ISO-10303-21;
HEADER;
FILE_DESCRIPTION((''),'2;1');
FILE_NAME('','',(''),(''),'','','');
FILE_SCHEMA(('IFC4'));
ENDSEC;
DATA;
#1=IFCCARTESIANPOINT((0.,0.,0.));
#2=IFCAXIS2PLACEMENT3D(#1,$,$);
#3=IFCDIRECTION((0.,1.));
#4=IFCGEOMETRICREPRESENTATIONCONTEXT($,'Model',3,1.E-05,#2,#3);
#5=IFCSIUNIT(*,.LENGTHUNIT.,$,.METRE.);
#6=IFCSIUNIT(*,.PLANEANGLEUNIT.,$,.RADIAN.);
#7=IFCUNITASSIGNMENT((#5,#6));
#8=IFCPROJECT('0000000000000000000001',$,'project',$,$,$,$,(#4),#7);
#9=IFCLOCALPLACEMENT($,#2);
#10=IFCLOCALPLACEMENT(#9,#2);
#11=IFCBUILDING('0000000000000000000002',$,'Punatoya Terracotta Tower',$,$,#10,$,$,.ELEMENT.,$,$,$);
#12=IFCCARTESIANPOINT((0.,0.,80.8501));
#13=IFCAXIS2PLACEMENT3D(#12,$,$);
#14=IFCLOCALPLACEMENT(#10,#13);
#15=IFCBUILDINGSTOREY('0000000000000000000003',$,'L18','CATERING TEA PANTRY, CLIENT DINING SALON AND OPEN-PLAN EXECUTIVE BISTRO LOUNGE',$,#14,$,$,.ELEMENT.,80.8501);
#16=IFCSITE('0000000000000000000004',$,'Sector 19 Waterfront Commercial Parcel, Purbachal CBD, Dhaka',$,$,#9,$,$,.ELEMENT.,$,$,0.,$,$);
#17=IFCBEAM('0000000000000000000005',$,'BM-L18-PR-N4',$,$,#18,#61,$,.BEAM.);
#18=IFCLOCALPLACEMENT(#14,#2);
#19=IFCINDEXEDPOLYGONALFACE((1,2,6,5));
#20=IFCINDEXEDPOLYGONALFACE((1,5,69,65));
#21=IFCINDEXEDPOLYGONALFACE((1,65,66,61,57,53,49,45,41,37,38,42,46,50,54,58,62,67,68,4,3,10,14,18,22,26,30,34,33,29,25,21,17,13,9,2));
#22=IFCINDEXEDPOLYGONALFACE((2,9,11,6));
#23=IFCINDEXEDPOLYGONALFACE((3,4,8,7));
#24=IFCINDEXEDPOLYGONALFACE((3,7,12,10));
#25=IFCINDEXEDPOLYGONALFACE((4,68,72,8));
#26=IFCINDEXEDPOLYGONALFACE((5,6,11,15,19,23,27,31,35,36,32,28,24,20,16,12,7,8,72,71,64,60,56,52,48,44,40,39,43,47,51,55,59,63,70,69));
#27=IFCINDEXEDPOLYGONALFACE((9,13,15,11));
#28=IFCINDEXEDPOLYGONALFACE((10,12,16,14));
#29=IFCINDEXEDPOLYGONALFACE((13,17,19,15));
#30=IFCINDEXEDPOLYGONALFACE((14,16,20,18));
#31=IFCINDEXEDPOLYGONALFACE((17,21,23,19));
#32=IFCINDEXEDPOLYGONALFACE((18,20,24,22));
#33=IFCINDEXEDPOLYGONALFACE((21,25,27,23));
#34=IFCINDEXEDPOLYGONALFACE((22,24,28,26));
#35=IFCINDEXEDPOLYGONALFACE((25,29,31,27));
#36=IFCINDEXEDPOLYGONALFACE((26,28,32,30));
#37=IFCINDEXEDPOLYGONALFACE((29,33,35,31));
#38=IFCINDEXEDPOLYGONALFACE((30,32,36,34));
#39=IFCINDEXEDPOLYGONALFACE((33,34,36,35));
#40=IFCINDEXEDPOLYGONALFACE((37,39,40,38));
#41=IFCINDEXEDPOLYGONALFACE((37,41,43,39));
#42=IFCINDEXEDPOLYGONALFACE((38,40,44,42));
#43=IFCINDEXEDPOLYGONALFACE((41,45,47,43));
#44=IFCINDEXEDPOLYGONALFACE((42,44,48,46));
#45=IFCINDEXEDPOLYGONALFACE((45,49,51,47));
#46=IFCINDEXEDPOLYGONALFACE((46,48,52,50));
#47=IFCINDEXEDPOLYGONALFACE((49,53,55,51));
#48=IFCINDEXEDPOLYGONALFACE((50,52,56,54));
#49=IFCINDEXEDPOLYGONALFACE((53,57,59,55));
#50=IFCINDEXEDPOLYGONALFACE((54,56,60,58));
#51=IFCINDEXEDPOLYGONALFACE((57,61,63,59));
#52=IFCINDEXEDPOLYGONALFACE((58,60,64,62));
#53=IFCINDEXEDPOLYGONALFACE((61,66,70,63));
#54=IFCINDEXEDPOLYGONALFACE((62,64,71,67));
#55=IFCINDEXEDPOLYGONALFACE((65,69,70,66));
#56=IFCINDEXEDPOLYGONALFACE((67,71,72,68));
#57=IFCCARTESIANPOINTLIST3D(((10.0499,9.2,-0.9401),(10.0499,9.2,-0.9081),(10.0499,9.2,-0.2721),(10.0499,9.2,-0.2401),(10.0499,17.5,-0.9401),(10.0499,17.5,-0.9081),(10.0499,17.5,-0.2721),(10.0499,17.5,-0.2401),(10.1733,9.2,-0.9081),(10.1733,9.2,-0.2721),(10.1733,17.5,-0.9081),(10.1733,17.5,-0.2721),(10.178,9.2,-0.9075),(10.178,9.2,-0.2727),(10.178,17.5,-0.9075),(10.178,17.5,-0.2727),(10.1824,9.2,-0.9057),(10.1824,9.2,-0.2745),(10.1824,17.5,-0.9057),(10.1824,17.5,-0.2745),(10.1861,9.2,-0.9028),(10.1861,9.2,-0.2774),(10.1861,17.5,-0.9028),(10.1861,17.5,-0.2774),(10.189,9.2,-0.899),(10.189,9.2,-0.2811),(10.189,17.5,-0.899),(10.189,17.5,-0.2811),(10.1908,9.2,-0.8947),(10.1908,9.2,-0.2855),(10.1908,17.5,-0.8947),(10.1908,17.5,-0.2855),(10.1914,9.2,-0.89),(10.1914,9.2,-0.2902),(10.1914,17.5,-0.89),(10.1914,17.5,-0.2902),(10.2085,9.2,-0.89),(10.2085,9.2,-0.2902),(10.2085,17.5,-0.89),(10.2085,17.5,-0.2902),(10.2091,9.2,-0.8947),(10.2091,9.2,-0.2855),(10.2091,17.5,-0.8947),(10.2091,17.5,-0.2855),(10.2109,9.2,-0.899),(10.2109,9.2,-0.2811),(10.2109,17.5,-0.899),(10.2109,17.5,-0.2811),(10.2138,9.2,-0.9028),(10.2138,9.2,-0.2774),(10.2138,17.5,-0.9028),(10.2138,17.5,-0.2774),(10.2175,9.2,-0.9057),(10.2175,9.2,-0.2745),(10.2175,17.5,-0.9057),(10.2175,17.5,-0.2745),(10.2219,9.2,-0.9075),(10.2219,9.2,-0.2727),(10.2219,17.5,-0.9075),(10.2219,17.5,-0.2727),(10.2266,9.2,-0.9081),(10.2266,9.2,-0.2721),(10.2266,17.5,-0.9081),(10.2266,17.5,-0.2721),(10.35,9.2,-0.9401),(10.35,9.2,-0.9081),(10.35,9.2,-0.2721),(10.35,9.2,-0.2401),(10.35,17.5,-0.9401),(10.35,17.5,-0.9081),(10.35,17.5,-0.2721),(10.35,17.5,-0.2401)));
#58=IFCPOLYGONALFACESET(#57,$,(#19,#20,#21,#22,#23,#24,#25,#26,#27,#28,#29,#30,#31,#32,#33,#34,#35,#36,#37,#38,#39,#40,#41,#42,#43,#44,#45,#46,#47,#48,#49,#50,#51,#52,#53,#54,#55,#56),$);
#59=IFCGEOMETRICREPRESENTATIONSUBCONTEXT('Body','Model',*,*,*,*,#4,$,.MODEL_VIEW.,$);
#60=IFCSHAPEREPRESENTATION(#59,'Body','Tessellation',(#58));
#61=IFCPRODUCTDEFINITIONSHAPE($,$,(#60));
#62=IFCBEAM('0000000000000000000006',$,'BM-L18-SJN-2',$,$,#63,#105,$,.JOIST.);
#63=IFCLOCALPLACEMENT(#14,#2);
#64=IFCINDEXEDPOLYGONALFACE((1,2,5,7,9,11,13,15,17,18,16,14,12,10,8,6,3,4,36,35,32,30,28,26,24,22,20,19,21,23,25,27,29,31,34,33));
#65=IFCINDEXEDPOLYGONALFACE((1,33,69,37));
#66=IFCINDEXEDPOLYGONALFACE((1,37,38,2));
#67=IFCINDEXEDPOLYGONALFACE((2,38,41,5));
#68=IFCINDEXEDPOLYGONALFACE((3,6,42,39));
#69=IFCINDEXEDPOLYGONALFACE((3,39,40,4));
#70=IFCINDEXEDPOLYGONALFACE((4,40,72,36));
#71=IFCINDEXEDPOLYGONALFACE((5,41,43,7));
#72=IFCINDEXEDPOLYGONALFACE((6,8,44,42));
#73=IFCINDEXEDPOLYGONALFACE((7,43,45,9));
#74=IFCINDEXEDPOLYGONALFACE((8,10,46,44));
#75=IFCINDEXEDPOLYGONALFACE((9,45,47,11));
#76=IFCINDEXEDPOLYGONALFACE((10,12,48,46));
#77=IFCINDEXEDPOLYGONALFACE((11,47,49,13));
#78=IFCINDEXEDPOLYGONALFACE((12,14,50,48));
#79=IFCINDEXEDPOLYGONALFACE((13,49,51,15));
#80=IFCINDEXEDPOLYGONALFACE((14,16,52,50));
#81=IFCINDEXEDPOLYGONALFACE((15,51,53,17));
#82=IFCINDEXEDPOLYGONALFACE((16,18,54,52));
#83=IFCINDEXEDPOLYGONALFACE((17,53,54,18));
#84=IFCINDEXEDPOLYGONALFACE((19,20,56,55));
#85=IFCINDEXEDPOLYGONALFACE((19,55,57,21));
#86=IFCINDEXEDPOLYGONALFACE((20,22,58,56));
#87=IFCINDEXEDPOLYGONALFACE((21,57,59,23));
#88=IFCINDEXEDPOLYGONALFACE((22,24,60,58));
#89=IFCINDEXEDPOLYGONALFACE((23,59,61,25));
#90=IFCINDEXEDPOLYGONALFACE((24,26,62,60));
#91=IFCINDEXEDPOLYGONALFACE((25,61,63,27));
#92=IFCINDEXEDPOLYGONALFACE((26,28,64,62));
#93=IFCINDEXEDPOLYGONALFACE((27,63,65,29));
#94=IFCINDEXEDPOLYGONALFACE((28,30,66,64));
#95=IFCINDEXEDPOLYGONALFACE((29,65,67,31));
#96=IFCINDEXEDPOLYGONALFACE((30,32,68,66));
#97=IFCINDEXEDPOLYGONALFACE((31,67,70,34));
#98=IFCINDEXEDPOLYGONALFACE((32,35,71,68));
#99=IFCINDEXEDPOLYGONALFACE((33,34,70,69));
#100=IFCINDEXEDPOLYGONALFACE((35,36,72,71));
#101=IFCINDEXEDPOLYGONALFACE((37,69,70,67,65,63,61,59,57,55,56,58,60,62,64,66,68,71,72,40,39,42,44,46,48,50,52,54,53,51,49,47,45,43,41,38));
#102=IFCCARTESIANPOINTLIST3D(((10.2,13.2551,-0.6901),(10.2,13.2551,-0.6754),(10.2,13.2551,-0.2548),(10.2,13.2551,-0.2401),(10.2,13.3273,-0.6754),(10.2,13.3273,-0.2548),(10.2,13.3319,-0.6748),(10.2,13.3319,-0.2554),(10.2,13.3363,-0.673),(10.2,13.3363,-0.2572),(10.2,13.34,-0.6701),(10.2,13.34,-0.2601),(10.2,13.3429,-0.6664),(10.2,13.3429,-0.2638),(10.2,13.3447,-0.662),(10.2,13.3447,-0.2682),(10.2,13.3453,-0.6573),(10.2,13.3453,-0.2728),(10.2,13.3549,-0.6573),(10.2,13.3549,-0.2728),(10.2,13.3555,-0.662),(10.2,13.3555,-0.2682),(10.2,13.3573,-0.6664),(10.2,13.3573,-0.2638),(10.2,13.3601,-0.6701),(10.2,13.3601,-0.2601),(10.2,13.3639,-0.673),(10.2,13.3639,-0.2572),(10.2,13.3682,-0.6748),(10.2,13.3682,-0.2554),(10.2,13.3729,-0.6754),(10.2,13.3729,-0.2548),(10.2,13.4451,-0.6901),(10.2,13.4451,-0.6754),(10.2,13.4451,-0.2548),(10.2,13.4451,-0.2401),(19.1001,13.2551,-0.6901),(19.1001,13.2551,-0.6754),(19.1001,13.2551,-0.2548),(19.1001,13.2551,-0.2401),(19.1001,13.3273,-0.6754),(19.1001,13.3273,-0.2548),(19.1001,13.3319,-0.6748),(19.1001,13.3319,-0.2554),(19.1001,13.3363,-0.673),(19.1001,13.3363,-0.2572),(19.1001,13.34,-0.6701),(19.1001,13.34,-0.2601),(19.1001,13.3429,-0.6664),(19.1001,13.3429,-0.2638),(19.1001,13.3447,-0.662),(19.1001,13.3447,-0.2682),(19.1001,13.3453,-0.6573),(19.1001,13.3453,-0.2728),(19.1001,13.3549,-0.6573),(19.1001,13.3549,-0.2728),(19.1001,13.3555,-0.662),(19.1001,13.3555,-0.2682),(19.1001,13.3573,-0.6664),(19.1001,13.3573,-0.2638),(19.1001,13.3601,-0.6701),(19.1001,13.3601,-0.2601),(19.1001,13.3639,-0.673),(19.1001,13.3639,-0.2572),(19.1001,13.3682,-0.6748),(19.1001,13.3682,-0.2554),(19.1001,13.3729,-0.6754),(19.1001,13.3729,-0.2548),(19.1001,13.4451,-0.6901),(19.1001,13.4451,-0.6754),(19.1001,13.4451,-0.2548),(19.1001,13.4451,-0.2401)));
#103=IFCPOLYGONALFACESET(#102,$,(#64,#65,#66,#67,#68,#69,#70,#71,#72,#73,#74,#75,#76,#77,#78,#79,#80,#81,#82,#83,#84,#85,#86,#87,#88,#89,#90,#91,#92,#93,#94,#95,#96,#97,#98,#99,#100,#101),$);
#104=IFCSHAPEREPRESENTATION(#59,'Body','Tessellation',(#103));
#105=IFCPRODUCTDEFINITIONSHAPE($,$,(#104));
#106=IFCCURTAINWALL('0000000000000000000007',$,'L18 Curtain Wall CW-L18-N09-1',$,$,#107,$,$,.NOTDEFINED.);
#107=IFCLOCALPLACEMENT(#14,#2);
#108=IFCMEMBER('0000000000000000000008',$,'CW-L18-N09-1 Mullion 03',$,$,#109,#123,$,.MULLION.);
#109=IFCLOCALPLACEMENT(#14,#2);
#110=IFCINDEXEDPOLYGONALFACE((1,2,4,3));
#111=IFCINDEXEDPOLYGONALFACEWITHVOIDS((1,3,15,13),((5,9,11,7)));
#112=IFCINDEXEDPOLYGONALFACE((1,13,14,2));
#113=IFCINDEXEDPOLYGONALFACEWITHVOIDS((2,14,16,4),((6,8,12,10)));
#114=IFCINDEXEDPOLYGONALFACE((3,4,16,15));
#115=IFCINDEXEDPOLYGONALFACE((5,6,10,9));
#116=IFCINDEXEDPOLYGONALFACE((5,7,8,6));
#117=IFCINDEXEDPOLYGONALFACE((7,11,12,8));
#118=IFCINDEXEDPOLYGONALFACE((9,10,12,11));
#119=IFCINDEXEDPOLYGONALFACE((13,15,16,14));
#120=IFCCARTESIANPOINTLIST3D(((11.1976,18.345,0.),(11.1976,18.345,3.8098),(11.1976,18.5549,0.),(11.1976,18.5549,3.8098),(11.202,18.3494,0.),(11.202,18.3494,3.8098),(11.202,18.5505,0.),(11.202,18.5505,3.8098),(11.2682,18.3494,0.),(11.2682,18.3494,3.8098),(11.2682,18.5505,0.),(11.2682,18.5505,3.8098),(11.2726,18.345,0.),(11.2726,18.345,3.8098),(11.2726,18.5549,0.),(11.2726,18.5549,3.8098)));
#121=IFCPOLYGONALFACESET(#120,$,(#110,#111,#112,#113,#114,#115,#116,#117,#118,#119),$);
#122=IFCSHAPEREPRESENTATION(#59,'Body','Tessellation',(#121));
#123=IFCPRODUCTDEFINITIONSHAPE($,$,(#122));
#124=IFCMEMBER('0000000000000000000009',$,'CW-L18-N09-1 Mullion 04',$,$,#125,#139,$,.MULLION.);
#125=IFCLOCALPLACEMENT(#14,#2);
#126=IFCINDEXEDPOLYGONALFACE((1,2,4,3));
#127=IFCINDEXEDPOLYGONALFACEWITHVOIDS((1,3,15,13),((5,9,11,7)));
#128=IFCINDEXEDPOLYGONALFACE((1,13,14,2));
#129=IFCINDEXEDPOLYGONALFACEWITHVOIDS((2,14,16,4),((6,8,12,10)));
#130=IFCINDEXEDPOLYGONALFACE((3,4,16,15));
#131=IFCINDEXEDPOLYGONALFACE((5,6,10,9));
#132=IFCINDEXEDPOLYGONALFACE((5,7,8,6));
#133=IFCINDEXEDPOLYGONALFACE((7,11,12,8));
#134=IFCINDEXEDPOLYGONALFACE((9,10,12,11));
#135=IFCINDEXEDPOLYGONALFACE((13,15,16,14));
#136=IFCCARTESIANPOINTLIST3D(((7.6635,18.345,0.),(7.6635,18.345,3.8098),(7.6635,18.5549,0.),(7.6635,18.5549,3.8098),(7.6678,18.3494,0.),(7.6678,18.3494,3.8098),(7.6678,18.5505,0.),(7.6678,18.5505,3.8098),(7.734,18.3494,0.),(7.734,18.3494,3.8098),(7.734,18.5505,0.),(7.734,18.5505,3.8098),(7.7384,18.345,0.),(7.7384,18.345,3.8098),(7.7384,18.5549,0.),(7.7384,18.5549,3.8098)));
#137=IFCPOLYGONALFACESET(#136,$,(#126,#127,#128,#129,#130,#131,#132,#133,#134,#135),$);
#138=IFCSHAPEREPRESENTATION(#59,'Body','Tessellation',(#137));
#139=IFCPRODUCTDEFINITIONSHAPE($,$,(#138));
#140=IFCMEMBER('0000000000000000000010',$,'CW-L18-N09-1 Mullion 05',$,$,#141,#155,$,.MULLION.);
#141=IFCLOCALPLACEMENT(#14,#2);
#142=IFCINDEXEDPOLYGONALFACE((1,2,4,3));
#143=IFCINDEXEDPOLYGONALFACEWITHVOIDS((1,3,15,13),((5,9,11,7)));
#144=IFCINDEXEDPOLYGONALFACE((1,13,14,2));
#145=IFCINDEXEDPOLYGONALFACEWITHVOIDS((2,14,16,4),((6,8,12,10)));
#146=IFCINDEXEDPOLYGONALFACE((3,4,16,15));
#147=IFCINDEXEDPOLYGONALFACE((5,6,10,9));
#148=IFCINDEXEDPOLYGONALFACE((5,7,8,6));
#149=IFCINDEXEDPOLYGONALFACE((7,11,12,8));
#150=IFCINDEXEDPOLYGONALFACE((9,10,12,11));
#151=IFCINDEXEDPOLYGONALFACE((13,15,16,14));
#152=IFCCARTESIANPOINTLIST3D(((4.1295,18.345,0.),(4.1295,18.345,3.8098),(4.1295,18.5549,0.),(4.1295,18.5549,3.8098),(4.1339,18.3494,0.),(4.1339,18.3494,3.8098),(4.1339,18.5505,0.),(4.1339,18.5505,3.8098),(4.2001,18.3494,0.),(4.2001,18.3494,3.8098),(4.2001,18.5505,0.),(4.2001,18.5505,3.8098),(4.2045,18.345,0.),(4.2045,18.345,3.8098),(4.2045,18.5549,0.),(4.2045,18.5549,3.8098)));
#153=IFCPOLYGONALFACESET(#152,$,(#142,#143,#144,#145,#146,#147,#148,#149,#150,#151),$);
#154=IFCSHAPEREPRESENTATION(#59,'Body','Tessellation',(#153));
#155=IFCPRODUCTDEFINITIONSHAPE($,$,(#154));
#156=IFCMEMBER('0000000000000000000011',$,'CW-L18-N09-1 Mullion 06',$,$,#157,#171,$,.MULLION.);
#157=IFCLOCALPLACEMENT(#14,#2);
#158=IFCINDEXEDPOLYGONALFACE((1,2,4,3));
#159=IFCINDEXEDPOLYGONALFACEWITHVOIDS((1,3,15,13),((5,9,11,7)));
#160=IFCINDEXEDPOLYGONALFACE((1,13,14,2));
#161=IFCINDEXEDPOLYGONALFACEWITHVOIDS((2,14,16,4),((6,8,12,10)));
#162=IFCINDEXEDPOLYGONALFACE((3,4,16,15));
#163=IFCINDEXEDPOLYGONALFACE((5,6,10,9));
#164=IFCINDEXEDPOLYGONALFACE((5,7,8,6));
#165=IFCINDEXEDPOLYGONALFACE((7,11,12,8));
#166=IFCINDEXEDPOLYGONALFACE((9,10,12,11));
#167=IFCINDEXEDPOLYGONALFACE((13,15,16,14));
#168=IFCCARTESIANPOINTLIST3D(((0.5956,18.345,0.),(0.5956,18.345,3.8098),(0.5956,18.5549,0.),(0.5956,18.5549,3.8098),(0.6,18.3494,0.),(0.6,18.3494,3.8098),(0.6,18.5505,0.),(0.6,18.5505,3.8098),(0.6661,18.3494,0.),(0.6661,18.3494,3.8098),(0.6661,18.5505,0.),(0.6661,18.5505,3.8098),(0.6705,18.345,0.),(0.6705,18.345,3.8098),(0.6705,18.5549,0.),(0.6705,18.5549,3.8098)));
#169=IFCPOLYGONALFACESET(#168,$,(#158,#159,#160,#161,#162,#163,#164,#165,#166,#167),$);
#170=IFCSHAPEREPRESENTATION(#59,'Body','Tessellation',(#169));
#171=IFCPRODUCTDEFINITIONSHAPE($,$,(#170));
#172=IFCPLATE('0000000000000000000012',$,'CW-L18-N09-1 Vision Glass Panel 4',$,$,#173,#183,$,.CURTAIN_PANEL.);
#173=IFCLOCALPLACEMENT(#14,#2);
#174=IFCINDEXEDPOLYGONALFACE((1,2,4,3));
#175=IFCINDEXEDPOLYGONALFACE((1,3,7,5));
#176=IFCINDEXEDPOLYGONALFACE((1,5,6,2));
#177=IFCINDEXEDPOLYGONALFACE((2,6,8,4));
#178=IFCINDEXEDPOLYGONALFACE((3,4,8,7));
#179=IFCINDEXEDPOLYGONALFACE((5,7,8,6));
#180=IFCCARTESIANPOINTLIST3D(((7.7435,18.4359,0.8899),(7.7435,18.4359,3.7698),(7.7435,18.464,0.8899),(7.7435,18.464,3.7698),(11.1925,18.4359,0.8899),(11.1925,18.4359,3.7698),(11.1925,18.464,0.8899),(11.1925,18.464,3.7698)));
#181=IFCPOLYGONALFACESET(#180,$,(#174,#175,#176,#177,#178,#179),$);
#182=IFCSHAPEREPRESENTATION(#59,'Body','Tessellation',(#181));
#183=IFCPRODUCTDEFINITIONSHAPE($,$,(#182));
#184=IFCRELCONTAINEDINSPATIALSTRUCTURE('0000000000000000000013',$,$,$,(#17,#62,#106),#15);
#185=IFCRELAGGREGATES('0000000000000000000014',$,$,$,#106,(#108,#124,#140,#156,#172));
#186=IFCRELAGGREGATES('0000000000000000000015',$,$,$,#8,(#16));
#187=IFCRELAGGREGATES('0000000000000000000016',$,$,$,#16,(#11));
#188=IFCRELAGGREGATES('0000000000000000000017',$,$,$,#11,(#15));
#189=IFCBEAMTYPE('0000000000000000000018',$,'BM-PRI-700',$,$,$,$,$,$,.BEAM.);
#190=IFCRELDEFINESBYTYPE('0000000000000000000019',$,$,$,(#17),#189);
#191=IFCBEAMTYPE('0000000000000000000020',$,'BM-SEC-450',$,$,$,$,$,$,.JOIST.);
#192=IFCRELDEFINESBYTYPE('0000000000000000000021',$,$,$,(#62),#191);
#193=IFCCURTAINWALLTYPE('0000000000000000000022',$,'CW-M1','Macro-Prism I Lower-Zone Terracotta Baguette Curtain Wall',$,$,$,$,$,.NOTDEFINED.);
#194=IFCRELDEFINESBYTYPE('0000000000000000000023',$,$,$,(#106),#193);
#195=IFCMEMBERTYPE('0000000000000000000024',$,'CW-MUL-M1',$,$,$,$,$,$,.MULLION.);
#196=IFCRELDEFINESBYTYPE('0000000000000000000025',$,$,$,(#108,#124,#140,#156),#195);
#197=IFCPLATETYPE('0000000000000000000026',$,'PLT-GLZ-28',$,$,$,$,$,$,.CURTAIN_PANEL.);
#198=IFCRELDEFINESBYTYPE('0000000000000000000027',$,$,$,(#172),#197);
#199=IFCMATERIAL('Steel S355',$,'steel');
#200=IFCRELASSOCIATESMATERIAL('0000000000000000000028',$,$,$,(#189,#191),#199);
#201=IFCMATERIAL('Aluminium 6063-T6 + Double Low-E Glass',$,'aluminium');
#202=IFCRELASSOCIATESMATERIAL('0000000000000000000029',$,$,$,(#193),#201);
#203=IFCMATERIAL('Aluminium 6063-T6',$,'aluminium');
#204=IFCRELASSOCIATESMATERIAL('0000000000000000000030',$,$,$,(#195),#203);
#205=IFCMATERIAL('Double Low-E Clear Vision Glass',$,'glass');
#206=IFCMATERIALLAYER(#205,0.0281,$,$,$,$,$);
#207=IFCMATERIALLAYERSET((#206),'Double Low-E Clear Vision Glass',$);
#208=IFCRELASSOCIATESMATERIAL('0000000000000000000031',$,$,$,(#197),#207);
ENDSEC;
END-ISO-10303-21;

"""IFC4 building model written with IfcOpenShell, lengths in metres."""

from ifc_helpers import new_model, si_unit, direction, frame, origin, origin_2d, place, context, subcontext, project, spatial, rectangle, hollow_rectangle, i_section, extrude, material, layer, layer_set, material_profile, profile_set, type_object, element, aggregate, save


model = new_model("IFC4")

# Units and contexts
model_context = context("Model", 3, precision=1e-05, world=origin(), true_north=direction((0.0, 1.0)))
body_context = subcontext(model_context, "Body", "Model", "MODEL_VIEW")
ifc_project = project(units=[si_unit("LENGTHUNIT", "METRE"), si_unit("PLANEANGLEUNIT", "RADIAN")], contexts=[model_context])

# Site, building, storey
site_placement = place(None, origin())
site = spatial("IfcSite", under=ifc_project, at=site_placement, Name="Sector 19 Waterfront Commercial Parcel, Purbachal CBD, Dhaka", CompositionType="ELEMENT", RefElevation=0.0)
building_placement = place(site_placement, origin())
building = spatial("IfcBuilding", under=site, at=building_placement, Name="Punatoya Terracotta Tower", CompositionType="ELEMENT")
storey_placement = place(building_placement, frame((0.0, 0.0, 80.8501)))
storey = spatial("IfcBuildingStorey", under=building, at=storey_placement, Name="L18", Description="CATERING TEA PANTRY, CLIENT DINING SALON AND OPEN-PLAN EXECUTIVE BISTRO LOUNGE", CompositionType="ELEMENT", Elevation=80.8501)

# Beams
ifc_material_1 = material(Name="Steel S355", Category="steel")
ifc_material_profile_1 = material_profile(ifc_material_1, i_section(OverallWidth=0.3, OverallDepth=0.7, WebThickness=0.0171, FlangeThickness=0.032, FilletRadius=0.0181, at=origin_2d()))
ifc_profile_set_1 = profile_set([ifc_material_profile_1], Name="Steel S355")
beam_type_1 = type_object("IfcBeamType", Name="BM-PRI-700", PredefinedType="BEAM", material=ifc_profile_set_1)
for number, where, z_axis, x_axis, name in (
    (1, (10.2, 9.2, -0.5901), (0.0, 1.0, 0.0), (-1.0, 0.0, 0.0), "BM-L18-PR-N4"),
):
    element("IfcBeam", number, at=place(storey_placement, frame(where, z_axis=z_axis, x_axis=x_axis)), inside=storey, type_object=beam_type_1, Name=name, PredefinedType="BEAM", context=body_context, shape_type="SweptSolid", body=[
        extrude(i_section(OverallWidth=0.3, OverallDepth=0.7, WebThickness=0.0171, FlangeThickness=0.032, FilletRadius=0.0181, at=origin_2d()), origin(), (0.0, 0.0, 1.0), 8.3),
    ])
ifc_material_profile_2 = material_profile(ifc_material_1, i_section(OverallWidth=0.1899, OverallDepth=0.45, WebThickness=0.0095, FlangeThickness=0.0146, FilletRadius=0.0181, at=origin_2d()))
ifc_profile_set_2 = profile_set([ifc_material_profile_2], Name="Steel S355")
beam_type_2 = type_object("IfcBeamType", Name="BM-SEC-450", PredefinedType="JOIST", material=ifc_profile_set_2)
beam_1_placement = place(storey_placement, frame((10.2, 13.3501, -0.4651), z_axis=(1.0, 0.0, 0.0), x_axis=(0.0, 1.0, 0.0)))
element("IfcBeam", 2, at=beam_1_placement, inside=storey, type_object=beam_type_2, Name="BM-L18-SJN-2", PredefinedType="JOIST", context=body_context, shape_type="SweptSolid", body=[
    extrude(i_section(OverallWidth=0.1899, OverallDepth=0.45, WebThickness=0.0095, FlangeThickness=0.0146, FilletRadius=0.0181, at=origin_2d()), origin(), (0.0, 0.0, 1.0), 8.9001),
])

# Curtain wall, members, plate
ifc_material_2 = material(Name="Aluminium 6063-T6 + Double Low-E Glass", Category="aluminium")
curtain_wall_type = type_object("IfcCurtainWallType", Name="CW-M1", Description="Macro-Prism I Lower-Zone Terracotta Baguette Curtain Wall", PredefinedType="NOTDEFINED", material=ifc_material_2)
curtain_wall_placement = place(storey_placement, origin())
curtain_wall = element("IfcCurtainWall", 3, at=curtain_wall_placement, inside=storey, type_object=curtain_wall_type, Name="L18 Curtain Wall CW-L18-N09-1", PredefinedType="NOTDEFINED")
ifc_material_3 = material(Name="Aluminium 6063-T6", Category="aluminium")
ifc_material_profile_3 = material_profile(ifc_material_3, hollow_rectangle(XDim=0.075, YDim=0.21, WallThickness=0.0044, at=origin_2d()))
ifc_profile_set_3 = profile_set([ifc_material_profile_3], Name="Aluminium 6063-T6")
member_type = type_object("IfcMemberType", Name="CW-MUL-M1", PredefinedType="MULLION", material=ifc_profile_set_3)
member_1_placement = place(storey_placement, frame((11.2351, 18.45, 0.0), z_axis=(0.0, 0.0, 1.0), x_axis=(1.0, 0.0, 0.0)))
member_1 = element("IfcMember", 4, at=member_1_placement, type_object=member_type, Name="CW-L18-N09-1 Mullion 03", PredefinedType="MULLION", context=body_context, shape_type="SweptSolid", body=[
    extrude(hollow_rectangle(XDim=0.075, YDim=0.21, WallThickness=0.0044, at=origin_2d()), origin(), (0.0, 0.0, 1.0), 3.8098),
])
member_2_placement = place(storey_placement, frame((7.7009, 18.45, 0.0), z_axis=(0.0, 0.0, 1.0), x_axis=(1.0, 0.0, 0.0)))
member_2 = element("IfcMember", 5, at=member_2_placement, type_object=member_type, Name="CW-L18-N09-1 Mullion 04", PredefinedType="MULLION", context=body_context, shape_type="SweptSolid", body=[
    extrude(hollow_rectangle(XDim=0.075, YDim=0.21, WallThickness=0.0044, at=origin_2d()), origin(), (0.0, 0.0, 1.0), 3.8098),
])
member_3_placement = place(storey_placement, frame((4.167, 18.45, 0.0), z_axis=(0.0, 0.0, 1.0), x_axis=(1.0, 0.0, 0.0)))
member_3 = element("IfcMember", 6, at=member_3_placement, type_object=member_type, Name="CW-L18-N09-1 Mullion 05", PredefinedType="MULLION", context=body_context, shape_type="SweptSolid", body=[
    extrude(hollow_rectangle(XDim=0.075, YDim=0.21, WallThickness=0.0044, at=origin_2d()), origin(), (0.0, 0.0, 1.0), 3.8098),
])
member_4_placement = place(storey_placement, frame((0.6331, 18.45, 0.0), z_axis=(0.0, 0.0, 1.0), x_axis=(1.0, 0.0, 0.0)))
member_4 = element("IfcMember", 7, at=member_4_placement, type_object=member_type, Name="CW-L18-N09-1 Mullion 06", PredefinedType="MULLION", context=body_context, shape_type="SweptSolid", body=[
    extrude(hollow_rectangle(XDim=0.075, YDim=0.21, WallThickness=0.0044, at=origin_2d()), origin(), (0.0, 0.0, 1.0), 3.8098),
])
ifc_material_4 = material(Name="Double Low-E Clear Vision Glass", Category="glass")
ifc_layer_1 = layer(ifc_material_4, 0.0281)
ifc_layer_set_1 = layer_set([ifc_layer_1], Name="Double Low-E Clear Vision Glass")
plate_type_1 = type_object("IfcPlateType", Name="PLT-GLZ-28", PredefinedType="CURTAIN_PANEL", material=ifc_layer_set_1)
plate_1_placement = place(storey_placement, frame((9.468, 18.45, 0.8899), z_axis=(0.0, 0.0, 1.0), x_axis=(-1.0, 0.0, 0.0)))
plate_1 = element("IfcPlate", 8, at=plate_1_placement, type_object=plate_type_1, Name="CW-L18-N09-1 Vision Glass Panel 4", PredefinedType="CURTAIN_PANEL", context=body_context, shape_type="SweptSolid", body=[
    extrude(rectangle(XDim=3.449, YDim=0.0281, at=origin_2d()), origin(), (0.0, 0.0, 1.0), 2.8799),
])
aggregate(curtain_wall, [member_1, member_2, member_3, member_4, plate_1])

save(model, "model.ifc")
